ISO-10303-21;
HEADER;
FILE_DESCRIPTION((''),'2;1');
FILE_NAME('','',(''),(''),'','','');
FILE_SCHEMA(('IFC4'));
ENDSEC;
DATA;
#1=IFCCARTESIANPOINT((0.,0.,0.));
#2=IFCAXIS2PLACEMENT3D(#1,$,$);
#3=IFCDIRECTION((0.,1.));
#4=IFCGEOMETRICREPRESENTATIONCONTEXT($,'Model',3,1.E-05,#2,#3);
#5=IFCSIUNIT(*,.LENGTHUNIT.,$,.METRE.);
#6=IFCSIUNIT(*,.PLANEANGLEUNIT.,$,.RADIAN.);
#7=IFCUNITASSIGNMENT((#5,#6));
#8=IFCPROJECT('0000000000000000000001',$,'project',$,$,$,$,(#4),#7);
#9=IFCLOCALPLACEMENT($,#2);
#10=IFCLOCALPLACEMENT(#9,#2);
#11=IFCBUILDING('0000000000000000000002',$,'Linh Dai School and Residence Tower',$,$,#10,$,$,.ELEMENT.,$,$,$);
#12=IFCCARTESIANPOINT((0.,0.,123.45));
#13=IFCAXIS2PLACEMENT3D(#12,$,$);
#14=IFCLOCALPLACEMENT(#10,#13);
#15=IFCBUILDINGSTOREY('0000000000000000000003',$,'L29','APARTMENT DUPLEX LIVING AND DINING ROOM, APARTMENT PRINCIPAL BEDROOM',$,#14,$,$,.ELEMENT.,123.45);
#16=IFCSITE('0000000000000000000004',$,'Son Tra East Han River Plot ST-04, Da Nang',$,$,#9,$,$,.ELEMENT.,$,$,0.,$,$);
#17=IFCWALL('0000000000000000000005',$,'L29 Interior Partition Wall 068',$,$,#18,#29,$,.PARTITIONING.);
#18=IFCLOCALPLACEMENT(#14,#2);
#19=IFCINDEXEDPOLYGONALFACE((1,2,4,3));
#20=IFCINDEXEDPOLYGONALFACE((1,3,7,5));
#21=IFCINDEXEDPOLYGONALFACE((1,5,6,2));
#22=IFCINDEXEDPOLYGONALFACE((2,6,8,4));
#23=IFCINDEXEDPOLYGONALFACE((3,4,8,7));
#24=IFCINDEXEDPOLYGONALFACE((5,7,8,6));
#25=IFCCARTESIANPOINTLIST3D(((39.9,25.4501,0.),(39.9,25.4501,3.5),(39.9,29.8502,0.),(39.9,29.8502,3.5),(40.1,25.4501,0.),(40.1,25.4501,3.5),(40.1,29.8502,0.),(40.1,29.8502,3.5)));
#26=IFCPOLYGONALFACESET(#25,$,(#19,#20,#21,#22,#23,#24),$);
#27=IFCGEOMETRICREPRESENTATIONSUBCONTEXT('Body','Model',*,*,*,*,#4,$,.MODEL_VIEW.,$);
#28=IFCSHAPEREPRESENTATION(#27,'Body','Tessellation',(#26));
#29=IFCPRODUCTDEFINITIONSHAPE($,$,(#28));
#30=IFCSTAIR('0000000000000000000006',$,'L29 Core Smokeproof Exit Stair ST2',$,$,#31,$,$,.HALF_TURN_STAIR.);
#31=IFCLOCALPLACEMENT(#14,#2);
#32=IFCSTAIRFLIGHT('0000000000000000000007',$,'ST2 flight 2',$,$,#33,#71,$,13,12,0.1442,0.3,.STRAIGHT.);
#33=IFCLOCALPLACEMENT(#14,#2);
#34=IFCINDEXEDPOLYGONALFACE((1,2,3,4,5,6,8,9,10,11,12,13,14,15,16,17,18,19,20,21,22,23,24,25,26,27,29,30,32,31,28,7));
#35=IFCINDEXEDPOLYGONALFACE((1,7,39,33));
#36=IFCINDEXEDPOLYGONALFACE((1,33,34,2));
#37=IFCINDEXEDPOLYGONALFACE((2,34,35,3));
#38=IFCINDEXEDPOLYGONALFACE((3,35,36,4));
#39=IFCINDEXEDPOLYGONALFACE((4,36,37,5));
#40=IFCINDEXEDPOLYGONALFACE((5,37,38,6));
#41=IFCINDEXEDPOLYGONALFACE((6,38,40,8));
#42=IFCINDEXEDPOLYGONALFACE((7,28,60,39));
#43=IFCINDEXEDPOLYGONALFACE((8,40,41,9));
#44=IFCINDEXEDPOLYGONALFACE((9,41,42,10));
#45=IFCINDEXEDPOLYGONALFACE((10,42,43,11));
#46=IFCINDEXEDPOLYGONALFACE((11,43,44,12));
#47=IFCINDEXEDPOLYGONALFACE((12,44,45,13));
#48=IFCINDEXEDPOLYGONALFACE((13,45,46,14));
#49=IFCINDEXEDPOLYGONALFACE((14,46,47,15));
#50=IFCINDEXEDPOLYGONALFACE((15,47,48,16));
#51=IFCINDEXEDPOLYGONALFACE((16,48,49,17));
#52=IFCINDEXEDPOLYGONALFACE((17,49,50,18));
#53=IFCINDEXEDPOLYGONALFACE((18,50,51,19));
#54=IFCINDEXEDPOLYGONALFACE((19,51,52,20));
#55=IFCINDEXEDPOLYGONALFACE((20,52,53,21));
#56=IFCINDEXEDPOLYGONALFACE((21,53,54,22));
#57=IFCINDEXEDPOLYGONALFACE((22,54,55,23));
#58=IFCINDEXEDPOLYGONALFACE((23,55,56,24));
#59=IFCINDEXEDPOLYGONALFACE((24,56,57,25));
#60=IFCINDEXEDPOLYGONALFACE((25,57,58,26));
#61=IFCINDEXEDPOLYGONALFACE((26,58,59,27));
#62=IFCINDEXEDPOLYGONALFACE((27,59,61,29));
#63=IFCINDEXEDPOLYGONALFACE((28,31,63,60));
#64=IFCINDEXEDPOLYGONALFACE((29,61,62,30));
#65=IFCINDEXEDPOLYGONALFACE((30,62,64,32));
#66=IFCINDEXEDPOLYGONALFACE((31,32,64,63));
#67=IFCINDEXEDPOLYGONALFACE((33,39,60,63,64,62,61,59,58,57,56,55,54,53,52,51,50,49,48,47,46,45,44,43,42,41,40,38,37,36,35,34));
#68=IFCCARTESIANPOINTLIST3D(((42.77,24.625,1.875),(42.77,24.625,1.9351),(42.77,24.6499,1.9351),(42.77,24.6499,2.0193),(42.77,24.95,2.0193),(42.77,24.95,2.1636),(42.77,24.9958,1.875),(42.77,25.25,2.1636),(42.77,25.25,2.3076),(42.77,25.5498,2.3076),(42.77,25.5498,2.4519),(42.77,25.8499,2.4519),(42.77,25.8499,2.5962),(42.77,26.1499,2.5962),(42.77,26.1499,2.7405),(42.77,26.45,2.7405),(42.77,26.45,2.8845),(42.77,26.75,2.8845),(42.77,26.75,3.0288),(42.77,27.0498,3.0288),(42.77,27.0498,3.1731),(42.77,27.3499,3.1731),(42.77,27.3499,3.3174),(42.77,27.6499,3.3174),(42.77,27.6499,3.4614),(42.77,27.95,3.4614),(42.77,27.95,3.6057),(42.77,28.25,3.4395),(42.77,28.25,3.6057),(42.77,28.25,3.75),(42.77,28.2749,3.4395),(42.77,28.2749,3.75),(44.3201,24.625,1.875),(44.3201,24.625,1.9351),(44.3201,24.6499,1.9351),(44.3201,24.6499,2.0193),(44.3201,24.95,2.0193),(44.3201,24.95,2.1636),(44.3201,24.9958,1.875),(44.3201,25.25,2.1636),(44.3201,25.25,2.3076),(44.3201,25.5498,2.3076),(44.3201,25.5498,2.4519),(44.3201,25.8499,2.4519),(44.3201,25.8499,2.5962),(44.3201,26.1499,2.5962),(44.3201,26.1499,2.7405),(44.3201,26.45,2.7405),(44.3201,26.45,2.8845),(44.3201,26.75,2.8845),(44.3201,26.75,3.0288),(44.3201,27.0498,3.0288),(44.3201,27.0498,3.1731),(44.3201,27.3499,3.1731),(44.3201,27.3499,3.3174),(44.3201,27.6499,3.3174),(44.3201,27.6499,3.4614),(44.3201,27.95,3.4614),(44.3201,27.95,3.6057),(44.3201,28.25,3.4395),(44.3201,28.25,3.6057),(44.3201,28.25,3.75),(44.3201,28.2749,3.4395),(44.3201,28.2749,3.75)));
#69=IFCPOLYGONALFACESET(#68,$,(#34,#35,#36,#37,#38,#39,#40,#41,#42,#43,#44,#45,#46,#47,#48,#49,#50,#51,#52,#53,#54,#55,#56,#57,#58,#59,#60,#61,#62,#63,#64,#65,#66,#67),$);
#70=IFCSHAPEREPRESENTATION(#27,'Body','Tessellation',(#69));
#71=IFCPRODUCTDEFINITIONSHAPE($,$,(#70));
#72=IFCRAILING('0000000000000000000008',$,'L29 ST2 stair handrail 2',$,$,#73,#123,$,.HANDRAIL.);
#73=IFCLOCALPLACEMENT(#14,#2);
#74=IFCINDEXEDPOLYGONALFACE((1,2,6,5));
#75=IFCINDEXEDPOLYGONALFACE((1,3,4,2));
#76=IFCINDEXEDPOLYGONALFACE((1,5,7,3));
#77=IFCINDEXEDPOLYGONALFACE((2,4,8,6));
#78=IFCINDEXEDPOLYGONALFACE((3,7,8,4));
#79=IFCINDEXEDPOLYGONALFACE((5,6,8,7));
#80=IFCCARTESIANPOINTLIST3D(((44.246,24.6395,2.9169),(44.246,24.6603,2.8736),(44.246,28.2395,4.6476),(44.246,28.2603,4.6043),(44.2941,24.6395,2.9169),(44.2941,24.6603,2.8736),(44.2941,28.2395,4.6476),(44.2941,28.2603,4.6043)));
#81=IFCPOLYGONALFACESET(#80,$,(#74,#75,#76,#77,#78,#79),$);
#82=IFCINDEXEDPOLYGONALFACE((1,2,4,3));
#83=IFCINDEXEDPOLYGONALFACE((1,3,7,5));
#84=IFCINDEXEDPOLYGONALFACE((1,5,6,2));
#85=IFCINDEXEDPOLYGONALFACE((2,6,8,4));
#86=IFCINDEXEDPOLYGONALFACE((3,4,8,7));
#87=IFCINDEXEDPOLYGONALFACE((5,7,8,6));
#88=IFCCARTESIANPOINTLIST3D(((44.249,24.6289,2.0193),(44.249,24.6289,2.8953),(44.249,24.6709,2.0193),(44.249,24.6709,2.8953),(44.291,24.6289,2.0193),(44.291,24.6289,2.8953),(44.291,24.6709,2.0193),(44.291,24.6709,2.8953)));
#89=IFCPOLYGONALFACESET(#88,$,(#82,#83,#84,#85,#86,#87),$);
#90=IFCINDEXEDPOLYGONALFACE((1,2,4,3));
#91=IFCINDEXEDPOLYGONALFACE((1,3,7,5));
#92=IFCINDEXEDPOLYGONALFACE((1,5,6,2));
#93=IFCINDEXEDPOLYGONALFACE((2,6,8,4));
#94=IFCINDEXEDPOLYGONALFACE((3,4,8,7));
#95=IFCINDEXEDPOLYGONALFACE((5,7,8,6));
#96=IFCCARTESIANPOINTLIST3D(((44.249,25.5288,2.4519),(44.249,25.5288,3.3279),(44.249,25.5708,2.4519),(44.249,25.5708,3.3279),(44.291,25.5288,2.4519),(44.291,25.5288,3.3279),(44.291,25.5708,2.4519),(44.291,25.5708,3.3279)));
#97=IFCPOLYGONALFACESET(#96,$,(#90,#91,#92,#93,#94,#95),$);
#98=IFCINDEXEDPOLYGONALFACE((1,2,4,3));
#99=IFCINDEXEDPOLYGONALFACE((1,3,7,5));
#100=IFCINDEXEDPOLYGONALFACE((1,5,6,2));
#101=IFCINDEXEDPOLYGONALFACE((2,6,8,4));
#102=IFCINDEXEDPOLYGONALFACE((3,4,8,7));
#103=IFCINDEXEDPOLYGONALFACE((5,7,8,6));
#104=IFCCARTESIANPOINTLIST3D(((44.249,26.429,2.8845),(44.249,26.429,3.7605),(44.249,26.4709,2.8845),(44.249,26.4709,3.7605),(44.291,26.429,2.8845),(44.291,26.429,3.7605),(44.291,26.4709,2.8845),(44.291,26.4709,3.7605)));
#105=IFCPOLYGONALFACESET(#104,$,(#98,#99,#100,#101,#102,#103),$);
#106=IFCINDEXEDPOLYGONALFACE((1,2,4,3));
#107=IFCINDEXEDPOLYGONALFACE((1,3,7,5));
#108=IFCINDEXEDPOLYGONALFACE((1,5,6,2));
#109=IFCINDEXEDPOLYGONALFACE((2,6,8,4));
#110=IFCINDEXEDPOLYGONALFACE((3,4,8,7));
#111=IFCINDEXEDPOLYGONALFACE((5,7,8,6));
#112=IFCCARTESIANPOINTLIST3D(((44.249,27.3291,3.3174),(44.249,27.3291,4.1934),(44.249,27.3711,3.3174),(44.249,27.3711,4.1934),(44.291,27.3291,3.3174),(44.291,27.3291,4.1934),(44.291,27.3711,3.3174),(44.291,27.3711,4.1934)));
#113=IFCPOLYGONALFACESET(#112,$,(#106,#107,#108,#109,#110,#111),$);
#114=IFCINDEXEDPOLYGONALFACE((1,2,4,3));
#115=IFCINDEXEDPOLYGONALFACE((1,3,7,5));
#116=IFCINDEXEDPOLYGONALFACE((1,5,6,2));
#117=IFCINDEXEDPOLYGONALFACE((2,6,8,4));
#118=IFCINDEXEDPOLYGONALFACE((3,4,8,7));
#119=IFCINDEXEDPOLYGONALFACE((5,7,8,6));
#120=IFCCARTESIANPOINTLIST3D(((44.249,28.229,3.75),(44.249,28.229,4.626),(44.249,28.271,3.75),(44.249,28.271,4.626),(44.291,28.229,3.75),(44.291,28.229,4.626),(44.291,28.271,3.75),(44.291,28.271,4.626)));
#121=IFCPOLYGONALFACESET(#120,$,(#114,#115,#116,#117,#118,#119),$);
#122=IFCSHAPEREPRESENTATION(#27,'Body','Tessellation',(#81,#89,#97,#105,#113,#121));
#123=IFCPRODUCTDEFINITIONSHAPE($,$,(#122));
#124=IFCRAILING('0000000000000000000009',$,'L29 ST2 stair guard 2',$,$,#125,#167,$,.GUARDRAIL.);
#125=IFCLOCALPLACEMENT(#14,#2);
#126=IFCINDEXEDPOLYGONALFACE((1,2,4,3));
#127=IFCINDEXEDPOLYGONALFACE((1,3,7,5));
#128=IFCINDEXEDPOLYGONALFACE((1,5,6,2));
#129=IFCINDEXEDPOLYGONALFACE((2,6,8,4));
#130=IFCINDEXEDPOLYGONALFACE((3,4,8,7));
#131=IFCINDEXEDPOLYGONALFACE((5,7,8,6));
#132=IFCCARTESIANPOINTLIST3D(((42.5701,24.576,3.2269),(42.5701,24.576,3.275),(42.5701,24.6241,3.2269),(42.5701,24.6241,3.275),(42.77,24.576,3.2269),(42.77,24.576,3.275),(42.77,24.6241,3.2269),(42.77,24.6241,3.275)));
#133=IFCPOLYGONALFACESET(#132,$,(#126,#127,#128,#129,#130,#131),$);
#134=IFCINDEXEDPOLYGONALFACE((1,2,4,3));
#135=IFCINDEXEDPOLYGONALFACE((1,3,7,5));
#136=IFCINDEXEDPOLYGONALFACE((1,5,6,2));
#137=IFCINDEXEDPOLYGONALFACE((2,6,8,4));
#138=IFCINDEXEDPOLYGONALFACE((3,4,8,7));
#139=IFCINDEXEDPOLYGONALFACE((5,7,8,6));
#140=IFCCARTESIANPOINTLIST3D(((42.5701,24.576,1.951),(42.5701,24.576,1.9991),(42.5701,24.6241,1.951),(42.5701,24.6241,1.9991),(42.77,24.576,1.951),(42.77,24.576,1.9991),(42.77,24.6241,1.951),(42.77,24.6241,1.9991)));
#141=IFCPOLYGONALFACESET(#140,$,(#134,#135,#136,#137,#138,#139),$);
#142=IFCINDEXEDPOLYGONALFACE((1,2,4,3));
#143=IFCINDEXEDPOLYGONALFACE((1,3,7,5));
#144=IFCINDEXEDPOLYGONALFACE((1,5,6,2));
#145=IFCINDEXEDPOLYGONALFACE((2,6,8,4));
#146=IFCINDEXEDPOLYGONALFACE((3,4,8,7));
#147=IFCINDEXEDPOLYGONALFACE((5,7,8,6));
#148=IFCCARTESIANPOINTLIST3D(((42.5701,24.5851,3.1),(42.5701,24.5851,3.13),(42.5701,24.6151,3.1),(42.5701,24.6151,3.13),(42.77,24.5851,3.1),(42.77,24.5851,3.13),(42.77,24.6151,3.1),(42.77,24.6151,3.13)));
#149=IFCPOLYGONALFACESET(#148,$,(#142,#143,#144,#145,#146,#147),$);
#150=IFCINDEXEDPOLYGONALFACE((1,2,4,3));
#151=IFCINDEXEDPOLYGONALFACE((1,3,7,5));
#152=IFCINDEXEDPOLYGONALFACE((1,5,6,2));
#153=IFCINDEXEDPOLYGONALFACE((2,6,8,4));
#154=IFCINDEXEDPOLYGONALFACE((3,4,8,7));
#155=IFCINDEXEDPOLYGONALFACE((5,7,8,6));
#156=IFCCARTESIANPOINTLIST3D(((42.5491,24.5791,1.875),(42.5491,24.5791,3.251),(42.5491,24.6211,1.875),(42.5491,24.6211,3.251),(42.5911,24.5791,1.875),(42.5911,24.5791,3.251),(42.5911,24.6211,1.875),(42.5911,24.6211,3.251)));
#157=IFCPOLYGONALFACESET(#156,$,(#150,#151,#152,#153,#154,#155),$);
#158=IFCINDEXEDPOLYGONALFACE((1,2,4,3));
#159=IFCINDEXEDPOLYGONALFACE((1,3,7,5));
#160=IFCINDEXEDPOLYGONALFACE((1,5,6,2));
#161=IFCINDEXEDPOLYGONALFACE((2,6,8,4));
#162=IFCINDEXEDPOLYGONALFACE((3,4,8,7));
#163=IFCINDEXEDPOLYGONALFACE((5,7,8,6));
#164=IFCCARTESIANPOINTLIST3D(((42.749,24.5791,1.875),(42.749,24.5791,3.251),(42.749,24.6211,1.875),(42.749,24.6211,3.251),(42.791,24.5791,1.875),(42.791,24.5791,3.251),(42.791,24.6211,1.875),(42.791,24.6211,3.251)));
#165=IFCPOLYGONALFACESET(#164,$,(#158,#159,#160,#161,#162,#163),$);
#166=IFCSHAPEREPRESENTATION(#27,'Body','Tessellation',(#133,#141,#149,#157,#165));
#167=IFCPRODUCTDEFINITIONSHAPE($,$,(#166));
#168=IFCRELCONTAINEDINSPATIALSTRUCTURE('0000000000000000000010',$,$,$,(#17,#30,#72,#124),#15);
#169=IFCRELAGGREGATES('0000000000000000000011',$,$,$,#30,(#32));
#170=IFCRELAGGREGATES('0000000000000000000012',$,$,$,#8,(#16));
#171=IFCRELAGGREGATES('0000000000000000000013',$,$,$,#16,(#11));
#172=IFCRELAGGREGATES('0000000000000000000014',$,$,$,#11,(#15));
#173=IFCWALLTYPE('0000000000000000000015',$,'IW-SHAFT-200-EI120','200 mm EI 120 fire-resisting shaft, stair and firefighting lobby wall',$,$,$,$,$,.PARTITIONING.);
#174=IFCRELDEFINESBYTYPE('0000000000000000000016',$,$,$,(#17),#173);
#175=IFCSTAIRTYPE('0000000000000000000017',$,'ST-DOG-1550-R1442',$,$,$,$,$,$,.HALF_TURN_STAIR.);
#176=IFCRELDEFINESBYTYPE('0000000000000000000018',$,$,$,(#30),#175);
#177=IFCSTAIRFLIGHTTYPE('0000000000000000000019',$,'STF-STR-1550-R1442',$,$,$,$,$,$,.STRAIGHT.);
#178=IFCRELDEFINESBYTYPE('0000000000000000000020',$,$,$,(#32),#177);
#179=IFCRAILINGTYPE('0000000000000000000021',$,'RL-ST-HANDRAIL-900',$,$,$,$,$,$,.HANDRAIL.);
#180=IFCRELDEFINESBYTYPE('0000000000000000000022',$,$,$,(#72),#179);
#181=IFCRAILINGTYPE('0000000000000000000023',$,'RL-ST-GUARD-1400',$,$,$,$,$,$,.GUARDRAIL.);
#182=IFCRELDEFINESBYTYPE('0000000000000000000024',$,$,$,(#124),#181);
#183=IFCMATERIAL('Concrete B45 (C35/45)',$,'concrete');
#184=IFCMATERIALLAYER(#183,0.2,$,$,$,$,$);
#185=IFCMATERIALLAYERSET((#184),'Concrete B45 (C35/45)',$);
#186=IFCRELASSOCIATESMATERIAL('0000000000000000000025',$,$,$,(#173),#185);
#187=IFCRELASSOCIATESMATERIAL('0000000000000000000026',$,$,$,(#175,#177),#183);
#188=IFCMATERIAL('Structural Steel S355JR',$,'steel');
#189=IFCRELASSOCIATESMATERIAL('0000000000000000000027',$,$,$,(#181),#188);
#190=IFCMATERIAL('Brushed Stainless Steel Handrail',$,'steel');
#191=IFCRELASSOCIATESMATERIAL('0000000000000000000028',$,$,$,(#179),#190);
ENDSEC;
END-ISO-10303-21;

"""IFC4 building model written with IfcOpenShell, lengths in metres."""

from ifc_helpers import new_model, si_unit, direction, frame, frame_2d, origin, origin_2d, place, context, subcontext, project, spatial, polyline, rectangle, outline, extrude, source, transform, mapped, material, layer, layer_set, type_object, element, aggregate, save


model = new_model("IFC4")

# Units and contexts
model_context = context("Model", 3, precision=1e-05, world=origin(), true_north=direction((0.0, 1.0)))
body_context = subcontext(model_context, "Body", "Model", "MODEL_VIEW")
ifc_project = project(units=[si_unit("LENGTHUNIT", "METRE"), si_unit("PLANEANGLEUNIT", "RADIAN")], contexts=[model_context])

# Site, building, storey
site_placement = place(None, origin())
site = spatial("IfcSite", under=ifc_project, at=site_placement, Name="Son Tra East Han River Plot ST-04, Da Nang", CompositionType="ELEMENT", RefElevation=0.0)
building_placement = place(site_placement, origin())
building = spatial("IfcBuilding", under=site, at=building_placement, Name="Linh Dai School and Residence Tower", CompositionType="ELEMENT")
storey_placement = place(building_placement, frame((0.0, 0.0, 123.45)))
storey = spatial("IfcBuildingStorey", under=building, at=storey_placement, Name="L29", Description="APARTMENT DUPLEX LIVING AND DINING ROOM, APARTMENT PRINCIPAL BEDROOM", CompositionType="ELEMENT", Elevation=123.45)

# Shared definitions
ifc_material_1 = material(Name="Structural Steel S355JR", Category="steel")

# Wall
ifc_material_2 = material(Name="Concrete B45 (C35/45)", Category="concrete")
ifc_layer_1 = layer(ifc_material_2, 0.2)
ifc_layer_set_1 = layer_set([ifc_layer_1], Name="Concrete B45 (C35/45)")
wall_type_1 = type_object("IfcWallType", Name="IW-SHAFT-200-EI120", Description="200 mm EI 120 fire-resisting shaft, stair and firefighting lobby wall", PredefinedType="PARTITIONING", material=ifc_layer_set_1)
wall_1_placement = place(storey_placement, frame((40.0, 25.45, 0.0), z_axis=(0.0, 0.0, 1.0), x_axis=(0.0, 1.0, 0.0)))
element("IfcWall", 1, at=wall_1_placement, inside=storey, type_object=wall_type_1, Name="L29 Interior Partition Wall 068", PredefinedType="PARTITIONING", context=body_context, shape_type="SweptSolid", body=[
    extrude(rectangle(XDim=4.4001, YDim=0.2, at=frame_2d((2.2002, 0.0))), origin(), (0.0, 0.0, 1.0), 3.5),
])

# Stair, stair flight
stair_type = type_object("IfcStairType", Name="ST-DOG-1550-R1442", PredefinedType="HALF_TURN_STAIR", material=ifc_material_2)
stair_placement = place(storey_placement, origin())
stair = element("IfcStair", 2, at=stair_placement, inside=storey, type_object=stair_type, Name="L29 Core Smokeproof Exit Stair ST2", PredefinedType="HALF_TURN_STAIR")
stair_flight_type = type_object("IfcStairFlightType", Name="STF-STR-1550-R1442", PredefinedType="STRAIGHT", material=ifc_material_2)
shared_shape_1 = source(origin(), body_context, "Body", "SweptSolid", [
    extrude(outline(polyline([(-0.0249, 0.0), (-0.0249, 0.0601), (0.0, 0.0601), (0.0, 0.1443), (0.3, 0.1443), (0.3, 0.2886), (0.6001, 0.2886), (0.6001, 0.4326), (0.8999, 0.4326), (0.8999, 0.5769), (1.2, 0.5769), (1.2, 0.7212), (1.5, 0.7212), (1.5, 0.8655), (1.8, 0.8655), (1.8, 1.0095), (2.1001, 1.0095), (2.1001, 1.1538), (2.3999, 1.1538), (2.3999, 1.2981), (2.7, 1.2981), (2.7, 1.4424), (3.0, 1.4424), (3.0, 1.5864), (3.3, 1.5864), (3.3, 1.7307), (3.6001, 1.7307), (3.6001, 1.875), (3.625, 1.875), (3.625, 1.5645), (3.6001, 1.5645), (0.3459, 0.0), (-0.0249, 0.0)])), frame((0.0, 0.7749, 0.0), z_axis=(0.0, -1.0, 0.0), x_axis=(1.0, 0.0, 0.0)), (0.0, 0.0, 1.0), 1.55),
])
stair_flight_placement = place(storey_placement, frame((43.5449, 24.6499, 1.875), z_axis=(0.0, 0.0, 1.0), x_axis=(0.0, 1.0, 0.0)))
stair_flight = element("IfcStairFlight", 3, at=stair_flight_placement, type_object=stair_flight_type, Name="ST2 flight 2", NumberOfRisers=13, NumberOfTreads=12, PredefinedType="STRAIGHT", RiserHeight=0.1442, TreadLength=0.3, context=body_context, shape_type="MappedRepresentation", body=[
    mapped(shared_shape_1, transform((0.0, 0.0, 0.0), x_axis=(1.0, 0.0, 0.0), y_axis=(0.0, 1.0, 0.0), z_axis=(0.0, 0.0, 1.0), scale=1.0)),
])
aggregate(stair, [stair_flight])

# Railings
railing_type_1 = type_object("IfcRailingType", Name="RL-ST-GUARD-1400", PredefinedType="GUARDRAIL", material=ifc_material_1)
ifc_material_3 = material(Name="Brushed Stainless Steel Handrail", Category="steel")
railing_type_2 = type_object("IfcRailingType", Name="RL-ST-HANDRAIL-900", PredefinedType="HANDRAIL", material=ifc_material_3)
shared_shape_2 = source(origin(), body_context, "Body", "SweptSolid", [
    extrude(rectangle(XDim=0.0481, YDim=0.0481, at=origin_2d()), frame((0.0, 0.0, 0.876), z_axis=(0.0, 0.901263, 0.433273), x_axis=(-1.0, 0.0, 0.0)), (0.0, 0.0, 1.0), 3.9944),
    extrude(rectangle(XDim=0.042, YDim=0.042, at=origin_2d()), origin(), (0.0, 0.0, 1.0), 0.876),
    extrude(rectangle(XDim=0.042, YDim=0.042, at=origin_2d()), frame((0.0, 0.8999, 0.4326)), (0.0, 0.0, 1.0), 0.876),
    extrude(rectangle(XDim=0.042, YDim=0.042, at=origin_2d()), frame((0.0, 1.8, 0.8652)), (0.0, 0.0, 1.0), 0.876),
    extrude(rectangle(XDim=0.042, YDim=0.042, at=origin_2d()), frame((0.0, 2.7002, 1.2981)), (0.0, 0.0, 1.0), 0.876),
    extrude(rectangle(XDim=0.042, YDim=0.042, at=origin_2d()), frame((0.0, 3.6001, 1.7307)), (0.0, 0.0, 1.0), 0.876),
])
railing_1_placement = place(storey_placement, frame((44.27, 24.6499, 2.0193)))
element("IfcRailing", 4, at=railing_1_placement, inside=storey, type_object=railing_type_2, Name="L29 ST2 stair handrail 2", PredefinedType="HANDRAIL", context=body_context, shape_type="MappedRepresentation", body=[
    mapped(shared_shape_2, transform((0.0, 0.0, 0.0), x_axis=(1.0, 0.0, 0.0), y_axis=(0.0, 1.0, 0.0), z_axis=(0.0, 0.0, 1.0), scale=1.0)),
])
shared_shape_3 = source(origin(), body_context, "Body", "SweptSolid", [
    extrude(rectangle(XDim=0.0481, YDim=0.0481, at=origin_2d()), frame((0.0, 0.0, 1.376), z_axis=(1.0, 0.0, 0.0), x_axis=(0.0, 1.0, 0.0)), (0.0, 0.0, 1.0), 0.2),
    extrude(rectangle(XDim=0.0481, YDim=0.0481, at=origin_2d()), frame((0.0, 0.0, 0.1001), z_axis=(1.0, 0.0, 0.0), x_axis=(0.0, 1.0, 0.0)), (0.0, 0.0, 1.0), 0.2),
    extrude(rectangle(XDim=0.03, YDim=0.03, at=origin_2d()), frame((0.0, 0.0, 1.24), z_axis=(1.0, 0.0, 0.0), x_axis=(0.0, 1.0, 0.0)), (0.0, 0.0, 1.0), 0.2),
    extrude(rectangle(XDim=0.042, YDim=0.042, at=origin_2d()), origin(), (0.0, 0.0, 1.0), 1.376),
    extrude(rectangle(XDim=0.042, YDim=0.042, at=origin_2d()), frame((0.2, 0.0, 0.0)), (0.0, 0.0, 1.0), 1.376),
])
railing_2_placement = place(storey_placement, frame((42.5701, 24.6001, 1.875)))
element("IfcRailing", 5, at=railing_2_placement, inside=storey, type_object=railing_type_1, Name="L29 ST2 stair guard 2", PredefinedType="GUARDRAIL", context=body_context, shape_type="MappedRepresentation", body=[
    mapped(shared_shape_3, transform((0.0, 0.0, 0.0), x_axis=(1.0, 0.0, 0.0), y_axis=(0.0, 1.0, 0.0), z_axis=(0.0, 0.0, 1.0), scale=1.0)),
])

save(model, "model.ifc")
